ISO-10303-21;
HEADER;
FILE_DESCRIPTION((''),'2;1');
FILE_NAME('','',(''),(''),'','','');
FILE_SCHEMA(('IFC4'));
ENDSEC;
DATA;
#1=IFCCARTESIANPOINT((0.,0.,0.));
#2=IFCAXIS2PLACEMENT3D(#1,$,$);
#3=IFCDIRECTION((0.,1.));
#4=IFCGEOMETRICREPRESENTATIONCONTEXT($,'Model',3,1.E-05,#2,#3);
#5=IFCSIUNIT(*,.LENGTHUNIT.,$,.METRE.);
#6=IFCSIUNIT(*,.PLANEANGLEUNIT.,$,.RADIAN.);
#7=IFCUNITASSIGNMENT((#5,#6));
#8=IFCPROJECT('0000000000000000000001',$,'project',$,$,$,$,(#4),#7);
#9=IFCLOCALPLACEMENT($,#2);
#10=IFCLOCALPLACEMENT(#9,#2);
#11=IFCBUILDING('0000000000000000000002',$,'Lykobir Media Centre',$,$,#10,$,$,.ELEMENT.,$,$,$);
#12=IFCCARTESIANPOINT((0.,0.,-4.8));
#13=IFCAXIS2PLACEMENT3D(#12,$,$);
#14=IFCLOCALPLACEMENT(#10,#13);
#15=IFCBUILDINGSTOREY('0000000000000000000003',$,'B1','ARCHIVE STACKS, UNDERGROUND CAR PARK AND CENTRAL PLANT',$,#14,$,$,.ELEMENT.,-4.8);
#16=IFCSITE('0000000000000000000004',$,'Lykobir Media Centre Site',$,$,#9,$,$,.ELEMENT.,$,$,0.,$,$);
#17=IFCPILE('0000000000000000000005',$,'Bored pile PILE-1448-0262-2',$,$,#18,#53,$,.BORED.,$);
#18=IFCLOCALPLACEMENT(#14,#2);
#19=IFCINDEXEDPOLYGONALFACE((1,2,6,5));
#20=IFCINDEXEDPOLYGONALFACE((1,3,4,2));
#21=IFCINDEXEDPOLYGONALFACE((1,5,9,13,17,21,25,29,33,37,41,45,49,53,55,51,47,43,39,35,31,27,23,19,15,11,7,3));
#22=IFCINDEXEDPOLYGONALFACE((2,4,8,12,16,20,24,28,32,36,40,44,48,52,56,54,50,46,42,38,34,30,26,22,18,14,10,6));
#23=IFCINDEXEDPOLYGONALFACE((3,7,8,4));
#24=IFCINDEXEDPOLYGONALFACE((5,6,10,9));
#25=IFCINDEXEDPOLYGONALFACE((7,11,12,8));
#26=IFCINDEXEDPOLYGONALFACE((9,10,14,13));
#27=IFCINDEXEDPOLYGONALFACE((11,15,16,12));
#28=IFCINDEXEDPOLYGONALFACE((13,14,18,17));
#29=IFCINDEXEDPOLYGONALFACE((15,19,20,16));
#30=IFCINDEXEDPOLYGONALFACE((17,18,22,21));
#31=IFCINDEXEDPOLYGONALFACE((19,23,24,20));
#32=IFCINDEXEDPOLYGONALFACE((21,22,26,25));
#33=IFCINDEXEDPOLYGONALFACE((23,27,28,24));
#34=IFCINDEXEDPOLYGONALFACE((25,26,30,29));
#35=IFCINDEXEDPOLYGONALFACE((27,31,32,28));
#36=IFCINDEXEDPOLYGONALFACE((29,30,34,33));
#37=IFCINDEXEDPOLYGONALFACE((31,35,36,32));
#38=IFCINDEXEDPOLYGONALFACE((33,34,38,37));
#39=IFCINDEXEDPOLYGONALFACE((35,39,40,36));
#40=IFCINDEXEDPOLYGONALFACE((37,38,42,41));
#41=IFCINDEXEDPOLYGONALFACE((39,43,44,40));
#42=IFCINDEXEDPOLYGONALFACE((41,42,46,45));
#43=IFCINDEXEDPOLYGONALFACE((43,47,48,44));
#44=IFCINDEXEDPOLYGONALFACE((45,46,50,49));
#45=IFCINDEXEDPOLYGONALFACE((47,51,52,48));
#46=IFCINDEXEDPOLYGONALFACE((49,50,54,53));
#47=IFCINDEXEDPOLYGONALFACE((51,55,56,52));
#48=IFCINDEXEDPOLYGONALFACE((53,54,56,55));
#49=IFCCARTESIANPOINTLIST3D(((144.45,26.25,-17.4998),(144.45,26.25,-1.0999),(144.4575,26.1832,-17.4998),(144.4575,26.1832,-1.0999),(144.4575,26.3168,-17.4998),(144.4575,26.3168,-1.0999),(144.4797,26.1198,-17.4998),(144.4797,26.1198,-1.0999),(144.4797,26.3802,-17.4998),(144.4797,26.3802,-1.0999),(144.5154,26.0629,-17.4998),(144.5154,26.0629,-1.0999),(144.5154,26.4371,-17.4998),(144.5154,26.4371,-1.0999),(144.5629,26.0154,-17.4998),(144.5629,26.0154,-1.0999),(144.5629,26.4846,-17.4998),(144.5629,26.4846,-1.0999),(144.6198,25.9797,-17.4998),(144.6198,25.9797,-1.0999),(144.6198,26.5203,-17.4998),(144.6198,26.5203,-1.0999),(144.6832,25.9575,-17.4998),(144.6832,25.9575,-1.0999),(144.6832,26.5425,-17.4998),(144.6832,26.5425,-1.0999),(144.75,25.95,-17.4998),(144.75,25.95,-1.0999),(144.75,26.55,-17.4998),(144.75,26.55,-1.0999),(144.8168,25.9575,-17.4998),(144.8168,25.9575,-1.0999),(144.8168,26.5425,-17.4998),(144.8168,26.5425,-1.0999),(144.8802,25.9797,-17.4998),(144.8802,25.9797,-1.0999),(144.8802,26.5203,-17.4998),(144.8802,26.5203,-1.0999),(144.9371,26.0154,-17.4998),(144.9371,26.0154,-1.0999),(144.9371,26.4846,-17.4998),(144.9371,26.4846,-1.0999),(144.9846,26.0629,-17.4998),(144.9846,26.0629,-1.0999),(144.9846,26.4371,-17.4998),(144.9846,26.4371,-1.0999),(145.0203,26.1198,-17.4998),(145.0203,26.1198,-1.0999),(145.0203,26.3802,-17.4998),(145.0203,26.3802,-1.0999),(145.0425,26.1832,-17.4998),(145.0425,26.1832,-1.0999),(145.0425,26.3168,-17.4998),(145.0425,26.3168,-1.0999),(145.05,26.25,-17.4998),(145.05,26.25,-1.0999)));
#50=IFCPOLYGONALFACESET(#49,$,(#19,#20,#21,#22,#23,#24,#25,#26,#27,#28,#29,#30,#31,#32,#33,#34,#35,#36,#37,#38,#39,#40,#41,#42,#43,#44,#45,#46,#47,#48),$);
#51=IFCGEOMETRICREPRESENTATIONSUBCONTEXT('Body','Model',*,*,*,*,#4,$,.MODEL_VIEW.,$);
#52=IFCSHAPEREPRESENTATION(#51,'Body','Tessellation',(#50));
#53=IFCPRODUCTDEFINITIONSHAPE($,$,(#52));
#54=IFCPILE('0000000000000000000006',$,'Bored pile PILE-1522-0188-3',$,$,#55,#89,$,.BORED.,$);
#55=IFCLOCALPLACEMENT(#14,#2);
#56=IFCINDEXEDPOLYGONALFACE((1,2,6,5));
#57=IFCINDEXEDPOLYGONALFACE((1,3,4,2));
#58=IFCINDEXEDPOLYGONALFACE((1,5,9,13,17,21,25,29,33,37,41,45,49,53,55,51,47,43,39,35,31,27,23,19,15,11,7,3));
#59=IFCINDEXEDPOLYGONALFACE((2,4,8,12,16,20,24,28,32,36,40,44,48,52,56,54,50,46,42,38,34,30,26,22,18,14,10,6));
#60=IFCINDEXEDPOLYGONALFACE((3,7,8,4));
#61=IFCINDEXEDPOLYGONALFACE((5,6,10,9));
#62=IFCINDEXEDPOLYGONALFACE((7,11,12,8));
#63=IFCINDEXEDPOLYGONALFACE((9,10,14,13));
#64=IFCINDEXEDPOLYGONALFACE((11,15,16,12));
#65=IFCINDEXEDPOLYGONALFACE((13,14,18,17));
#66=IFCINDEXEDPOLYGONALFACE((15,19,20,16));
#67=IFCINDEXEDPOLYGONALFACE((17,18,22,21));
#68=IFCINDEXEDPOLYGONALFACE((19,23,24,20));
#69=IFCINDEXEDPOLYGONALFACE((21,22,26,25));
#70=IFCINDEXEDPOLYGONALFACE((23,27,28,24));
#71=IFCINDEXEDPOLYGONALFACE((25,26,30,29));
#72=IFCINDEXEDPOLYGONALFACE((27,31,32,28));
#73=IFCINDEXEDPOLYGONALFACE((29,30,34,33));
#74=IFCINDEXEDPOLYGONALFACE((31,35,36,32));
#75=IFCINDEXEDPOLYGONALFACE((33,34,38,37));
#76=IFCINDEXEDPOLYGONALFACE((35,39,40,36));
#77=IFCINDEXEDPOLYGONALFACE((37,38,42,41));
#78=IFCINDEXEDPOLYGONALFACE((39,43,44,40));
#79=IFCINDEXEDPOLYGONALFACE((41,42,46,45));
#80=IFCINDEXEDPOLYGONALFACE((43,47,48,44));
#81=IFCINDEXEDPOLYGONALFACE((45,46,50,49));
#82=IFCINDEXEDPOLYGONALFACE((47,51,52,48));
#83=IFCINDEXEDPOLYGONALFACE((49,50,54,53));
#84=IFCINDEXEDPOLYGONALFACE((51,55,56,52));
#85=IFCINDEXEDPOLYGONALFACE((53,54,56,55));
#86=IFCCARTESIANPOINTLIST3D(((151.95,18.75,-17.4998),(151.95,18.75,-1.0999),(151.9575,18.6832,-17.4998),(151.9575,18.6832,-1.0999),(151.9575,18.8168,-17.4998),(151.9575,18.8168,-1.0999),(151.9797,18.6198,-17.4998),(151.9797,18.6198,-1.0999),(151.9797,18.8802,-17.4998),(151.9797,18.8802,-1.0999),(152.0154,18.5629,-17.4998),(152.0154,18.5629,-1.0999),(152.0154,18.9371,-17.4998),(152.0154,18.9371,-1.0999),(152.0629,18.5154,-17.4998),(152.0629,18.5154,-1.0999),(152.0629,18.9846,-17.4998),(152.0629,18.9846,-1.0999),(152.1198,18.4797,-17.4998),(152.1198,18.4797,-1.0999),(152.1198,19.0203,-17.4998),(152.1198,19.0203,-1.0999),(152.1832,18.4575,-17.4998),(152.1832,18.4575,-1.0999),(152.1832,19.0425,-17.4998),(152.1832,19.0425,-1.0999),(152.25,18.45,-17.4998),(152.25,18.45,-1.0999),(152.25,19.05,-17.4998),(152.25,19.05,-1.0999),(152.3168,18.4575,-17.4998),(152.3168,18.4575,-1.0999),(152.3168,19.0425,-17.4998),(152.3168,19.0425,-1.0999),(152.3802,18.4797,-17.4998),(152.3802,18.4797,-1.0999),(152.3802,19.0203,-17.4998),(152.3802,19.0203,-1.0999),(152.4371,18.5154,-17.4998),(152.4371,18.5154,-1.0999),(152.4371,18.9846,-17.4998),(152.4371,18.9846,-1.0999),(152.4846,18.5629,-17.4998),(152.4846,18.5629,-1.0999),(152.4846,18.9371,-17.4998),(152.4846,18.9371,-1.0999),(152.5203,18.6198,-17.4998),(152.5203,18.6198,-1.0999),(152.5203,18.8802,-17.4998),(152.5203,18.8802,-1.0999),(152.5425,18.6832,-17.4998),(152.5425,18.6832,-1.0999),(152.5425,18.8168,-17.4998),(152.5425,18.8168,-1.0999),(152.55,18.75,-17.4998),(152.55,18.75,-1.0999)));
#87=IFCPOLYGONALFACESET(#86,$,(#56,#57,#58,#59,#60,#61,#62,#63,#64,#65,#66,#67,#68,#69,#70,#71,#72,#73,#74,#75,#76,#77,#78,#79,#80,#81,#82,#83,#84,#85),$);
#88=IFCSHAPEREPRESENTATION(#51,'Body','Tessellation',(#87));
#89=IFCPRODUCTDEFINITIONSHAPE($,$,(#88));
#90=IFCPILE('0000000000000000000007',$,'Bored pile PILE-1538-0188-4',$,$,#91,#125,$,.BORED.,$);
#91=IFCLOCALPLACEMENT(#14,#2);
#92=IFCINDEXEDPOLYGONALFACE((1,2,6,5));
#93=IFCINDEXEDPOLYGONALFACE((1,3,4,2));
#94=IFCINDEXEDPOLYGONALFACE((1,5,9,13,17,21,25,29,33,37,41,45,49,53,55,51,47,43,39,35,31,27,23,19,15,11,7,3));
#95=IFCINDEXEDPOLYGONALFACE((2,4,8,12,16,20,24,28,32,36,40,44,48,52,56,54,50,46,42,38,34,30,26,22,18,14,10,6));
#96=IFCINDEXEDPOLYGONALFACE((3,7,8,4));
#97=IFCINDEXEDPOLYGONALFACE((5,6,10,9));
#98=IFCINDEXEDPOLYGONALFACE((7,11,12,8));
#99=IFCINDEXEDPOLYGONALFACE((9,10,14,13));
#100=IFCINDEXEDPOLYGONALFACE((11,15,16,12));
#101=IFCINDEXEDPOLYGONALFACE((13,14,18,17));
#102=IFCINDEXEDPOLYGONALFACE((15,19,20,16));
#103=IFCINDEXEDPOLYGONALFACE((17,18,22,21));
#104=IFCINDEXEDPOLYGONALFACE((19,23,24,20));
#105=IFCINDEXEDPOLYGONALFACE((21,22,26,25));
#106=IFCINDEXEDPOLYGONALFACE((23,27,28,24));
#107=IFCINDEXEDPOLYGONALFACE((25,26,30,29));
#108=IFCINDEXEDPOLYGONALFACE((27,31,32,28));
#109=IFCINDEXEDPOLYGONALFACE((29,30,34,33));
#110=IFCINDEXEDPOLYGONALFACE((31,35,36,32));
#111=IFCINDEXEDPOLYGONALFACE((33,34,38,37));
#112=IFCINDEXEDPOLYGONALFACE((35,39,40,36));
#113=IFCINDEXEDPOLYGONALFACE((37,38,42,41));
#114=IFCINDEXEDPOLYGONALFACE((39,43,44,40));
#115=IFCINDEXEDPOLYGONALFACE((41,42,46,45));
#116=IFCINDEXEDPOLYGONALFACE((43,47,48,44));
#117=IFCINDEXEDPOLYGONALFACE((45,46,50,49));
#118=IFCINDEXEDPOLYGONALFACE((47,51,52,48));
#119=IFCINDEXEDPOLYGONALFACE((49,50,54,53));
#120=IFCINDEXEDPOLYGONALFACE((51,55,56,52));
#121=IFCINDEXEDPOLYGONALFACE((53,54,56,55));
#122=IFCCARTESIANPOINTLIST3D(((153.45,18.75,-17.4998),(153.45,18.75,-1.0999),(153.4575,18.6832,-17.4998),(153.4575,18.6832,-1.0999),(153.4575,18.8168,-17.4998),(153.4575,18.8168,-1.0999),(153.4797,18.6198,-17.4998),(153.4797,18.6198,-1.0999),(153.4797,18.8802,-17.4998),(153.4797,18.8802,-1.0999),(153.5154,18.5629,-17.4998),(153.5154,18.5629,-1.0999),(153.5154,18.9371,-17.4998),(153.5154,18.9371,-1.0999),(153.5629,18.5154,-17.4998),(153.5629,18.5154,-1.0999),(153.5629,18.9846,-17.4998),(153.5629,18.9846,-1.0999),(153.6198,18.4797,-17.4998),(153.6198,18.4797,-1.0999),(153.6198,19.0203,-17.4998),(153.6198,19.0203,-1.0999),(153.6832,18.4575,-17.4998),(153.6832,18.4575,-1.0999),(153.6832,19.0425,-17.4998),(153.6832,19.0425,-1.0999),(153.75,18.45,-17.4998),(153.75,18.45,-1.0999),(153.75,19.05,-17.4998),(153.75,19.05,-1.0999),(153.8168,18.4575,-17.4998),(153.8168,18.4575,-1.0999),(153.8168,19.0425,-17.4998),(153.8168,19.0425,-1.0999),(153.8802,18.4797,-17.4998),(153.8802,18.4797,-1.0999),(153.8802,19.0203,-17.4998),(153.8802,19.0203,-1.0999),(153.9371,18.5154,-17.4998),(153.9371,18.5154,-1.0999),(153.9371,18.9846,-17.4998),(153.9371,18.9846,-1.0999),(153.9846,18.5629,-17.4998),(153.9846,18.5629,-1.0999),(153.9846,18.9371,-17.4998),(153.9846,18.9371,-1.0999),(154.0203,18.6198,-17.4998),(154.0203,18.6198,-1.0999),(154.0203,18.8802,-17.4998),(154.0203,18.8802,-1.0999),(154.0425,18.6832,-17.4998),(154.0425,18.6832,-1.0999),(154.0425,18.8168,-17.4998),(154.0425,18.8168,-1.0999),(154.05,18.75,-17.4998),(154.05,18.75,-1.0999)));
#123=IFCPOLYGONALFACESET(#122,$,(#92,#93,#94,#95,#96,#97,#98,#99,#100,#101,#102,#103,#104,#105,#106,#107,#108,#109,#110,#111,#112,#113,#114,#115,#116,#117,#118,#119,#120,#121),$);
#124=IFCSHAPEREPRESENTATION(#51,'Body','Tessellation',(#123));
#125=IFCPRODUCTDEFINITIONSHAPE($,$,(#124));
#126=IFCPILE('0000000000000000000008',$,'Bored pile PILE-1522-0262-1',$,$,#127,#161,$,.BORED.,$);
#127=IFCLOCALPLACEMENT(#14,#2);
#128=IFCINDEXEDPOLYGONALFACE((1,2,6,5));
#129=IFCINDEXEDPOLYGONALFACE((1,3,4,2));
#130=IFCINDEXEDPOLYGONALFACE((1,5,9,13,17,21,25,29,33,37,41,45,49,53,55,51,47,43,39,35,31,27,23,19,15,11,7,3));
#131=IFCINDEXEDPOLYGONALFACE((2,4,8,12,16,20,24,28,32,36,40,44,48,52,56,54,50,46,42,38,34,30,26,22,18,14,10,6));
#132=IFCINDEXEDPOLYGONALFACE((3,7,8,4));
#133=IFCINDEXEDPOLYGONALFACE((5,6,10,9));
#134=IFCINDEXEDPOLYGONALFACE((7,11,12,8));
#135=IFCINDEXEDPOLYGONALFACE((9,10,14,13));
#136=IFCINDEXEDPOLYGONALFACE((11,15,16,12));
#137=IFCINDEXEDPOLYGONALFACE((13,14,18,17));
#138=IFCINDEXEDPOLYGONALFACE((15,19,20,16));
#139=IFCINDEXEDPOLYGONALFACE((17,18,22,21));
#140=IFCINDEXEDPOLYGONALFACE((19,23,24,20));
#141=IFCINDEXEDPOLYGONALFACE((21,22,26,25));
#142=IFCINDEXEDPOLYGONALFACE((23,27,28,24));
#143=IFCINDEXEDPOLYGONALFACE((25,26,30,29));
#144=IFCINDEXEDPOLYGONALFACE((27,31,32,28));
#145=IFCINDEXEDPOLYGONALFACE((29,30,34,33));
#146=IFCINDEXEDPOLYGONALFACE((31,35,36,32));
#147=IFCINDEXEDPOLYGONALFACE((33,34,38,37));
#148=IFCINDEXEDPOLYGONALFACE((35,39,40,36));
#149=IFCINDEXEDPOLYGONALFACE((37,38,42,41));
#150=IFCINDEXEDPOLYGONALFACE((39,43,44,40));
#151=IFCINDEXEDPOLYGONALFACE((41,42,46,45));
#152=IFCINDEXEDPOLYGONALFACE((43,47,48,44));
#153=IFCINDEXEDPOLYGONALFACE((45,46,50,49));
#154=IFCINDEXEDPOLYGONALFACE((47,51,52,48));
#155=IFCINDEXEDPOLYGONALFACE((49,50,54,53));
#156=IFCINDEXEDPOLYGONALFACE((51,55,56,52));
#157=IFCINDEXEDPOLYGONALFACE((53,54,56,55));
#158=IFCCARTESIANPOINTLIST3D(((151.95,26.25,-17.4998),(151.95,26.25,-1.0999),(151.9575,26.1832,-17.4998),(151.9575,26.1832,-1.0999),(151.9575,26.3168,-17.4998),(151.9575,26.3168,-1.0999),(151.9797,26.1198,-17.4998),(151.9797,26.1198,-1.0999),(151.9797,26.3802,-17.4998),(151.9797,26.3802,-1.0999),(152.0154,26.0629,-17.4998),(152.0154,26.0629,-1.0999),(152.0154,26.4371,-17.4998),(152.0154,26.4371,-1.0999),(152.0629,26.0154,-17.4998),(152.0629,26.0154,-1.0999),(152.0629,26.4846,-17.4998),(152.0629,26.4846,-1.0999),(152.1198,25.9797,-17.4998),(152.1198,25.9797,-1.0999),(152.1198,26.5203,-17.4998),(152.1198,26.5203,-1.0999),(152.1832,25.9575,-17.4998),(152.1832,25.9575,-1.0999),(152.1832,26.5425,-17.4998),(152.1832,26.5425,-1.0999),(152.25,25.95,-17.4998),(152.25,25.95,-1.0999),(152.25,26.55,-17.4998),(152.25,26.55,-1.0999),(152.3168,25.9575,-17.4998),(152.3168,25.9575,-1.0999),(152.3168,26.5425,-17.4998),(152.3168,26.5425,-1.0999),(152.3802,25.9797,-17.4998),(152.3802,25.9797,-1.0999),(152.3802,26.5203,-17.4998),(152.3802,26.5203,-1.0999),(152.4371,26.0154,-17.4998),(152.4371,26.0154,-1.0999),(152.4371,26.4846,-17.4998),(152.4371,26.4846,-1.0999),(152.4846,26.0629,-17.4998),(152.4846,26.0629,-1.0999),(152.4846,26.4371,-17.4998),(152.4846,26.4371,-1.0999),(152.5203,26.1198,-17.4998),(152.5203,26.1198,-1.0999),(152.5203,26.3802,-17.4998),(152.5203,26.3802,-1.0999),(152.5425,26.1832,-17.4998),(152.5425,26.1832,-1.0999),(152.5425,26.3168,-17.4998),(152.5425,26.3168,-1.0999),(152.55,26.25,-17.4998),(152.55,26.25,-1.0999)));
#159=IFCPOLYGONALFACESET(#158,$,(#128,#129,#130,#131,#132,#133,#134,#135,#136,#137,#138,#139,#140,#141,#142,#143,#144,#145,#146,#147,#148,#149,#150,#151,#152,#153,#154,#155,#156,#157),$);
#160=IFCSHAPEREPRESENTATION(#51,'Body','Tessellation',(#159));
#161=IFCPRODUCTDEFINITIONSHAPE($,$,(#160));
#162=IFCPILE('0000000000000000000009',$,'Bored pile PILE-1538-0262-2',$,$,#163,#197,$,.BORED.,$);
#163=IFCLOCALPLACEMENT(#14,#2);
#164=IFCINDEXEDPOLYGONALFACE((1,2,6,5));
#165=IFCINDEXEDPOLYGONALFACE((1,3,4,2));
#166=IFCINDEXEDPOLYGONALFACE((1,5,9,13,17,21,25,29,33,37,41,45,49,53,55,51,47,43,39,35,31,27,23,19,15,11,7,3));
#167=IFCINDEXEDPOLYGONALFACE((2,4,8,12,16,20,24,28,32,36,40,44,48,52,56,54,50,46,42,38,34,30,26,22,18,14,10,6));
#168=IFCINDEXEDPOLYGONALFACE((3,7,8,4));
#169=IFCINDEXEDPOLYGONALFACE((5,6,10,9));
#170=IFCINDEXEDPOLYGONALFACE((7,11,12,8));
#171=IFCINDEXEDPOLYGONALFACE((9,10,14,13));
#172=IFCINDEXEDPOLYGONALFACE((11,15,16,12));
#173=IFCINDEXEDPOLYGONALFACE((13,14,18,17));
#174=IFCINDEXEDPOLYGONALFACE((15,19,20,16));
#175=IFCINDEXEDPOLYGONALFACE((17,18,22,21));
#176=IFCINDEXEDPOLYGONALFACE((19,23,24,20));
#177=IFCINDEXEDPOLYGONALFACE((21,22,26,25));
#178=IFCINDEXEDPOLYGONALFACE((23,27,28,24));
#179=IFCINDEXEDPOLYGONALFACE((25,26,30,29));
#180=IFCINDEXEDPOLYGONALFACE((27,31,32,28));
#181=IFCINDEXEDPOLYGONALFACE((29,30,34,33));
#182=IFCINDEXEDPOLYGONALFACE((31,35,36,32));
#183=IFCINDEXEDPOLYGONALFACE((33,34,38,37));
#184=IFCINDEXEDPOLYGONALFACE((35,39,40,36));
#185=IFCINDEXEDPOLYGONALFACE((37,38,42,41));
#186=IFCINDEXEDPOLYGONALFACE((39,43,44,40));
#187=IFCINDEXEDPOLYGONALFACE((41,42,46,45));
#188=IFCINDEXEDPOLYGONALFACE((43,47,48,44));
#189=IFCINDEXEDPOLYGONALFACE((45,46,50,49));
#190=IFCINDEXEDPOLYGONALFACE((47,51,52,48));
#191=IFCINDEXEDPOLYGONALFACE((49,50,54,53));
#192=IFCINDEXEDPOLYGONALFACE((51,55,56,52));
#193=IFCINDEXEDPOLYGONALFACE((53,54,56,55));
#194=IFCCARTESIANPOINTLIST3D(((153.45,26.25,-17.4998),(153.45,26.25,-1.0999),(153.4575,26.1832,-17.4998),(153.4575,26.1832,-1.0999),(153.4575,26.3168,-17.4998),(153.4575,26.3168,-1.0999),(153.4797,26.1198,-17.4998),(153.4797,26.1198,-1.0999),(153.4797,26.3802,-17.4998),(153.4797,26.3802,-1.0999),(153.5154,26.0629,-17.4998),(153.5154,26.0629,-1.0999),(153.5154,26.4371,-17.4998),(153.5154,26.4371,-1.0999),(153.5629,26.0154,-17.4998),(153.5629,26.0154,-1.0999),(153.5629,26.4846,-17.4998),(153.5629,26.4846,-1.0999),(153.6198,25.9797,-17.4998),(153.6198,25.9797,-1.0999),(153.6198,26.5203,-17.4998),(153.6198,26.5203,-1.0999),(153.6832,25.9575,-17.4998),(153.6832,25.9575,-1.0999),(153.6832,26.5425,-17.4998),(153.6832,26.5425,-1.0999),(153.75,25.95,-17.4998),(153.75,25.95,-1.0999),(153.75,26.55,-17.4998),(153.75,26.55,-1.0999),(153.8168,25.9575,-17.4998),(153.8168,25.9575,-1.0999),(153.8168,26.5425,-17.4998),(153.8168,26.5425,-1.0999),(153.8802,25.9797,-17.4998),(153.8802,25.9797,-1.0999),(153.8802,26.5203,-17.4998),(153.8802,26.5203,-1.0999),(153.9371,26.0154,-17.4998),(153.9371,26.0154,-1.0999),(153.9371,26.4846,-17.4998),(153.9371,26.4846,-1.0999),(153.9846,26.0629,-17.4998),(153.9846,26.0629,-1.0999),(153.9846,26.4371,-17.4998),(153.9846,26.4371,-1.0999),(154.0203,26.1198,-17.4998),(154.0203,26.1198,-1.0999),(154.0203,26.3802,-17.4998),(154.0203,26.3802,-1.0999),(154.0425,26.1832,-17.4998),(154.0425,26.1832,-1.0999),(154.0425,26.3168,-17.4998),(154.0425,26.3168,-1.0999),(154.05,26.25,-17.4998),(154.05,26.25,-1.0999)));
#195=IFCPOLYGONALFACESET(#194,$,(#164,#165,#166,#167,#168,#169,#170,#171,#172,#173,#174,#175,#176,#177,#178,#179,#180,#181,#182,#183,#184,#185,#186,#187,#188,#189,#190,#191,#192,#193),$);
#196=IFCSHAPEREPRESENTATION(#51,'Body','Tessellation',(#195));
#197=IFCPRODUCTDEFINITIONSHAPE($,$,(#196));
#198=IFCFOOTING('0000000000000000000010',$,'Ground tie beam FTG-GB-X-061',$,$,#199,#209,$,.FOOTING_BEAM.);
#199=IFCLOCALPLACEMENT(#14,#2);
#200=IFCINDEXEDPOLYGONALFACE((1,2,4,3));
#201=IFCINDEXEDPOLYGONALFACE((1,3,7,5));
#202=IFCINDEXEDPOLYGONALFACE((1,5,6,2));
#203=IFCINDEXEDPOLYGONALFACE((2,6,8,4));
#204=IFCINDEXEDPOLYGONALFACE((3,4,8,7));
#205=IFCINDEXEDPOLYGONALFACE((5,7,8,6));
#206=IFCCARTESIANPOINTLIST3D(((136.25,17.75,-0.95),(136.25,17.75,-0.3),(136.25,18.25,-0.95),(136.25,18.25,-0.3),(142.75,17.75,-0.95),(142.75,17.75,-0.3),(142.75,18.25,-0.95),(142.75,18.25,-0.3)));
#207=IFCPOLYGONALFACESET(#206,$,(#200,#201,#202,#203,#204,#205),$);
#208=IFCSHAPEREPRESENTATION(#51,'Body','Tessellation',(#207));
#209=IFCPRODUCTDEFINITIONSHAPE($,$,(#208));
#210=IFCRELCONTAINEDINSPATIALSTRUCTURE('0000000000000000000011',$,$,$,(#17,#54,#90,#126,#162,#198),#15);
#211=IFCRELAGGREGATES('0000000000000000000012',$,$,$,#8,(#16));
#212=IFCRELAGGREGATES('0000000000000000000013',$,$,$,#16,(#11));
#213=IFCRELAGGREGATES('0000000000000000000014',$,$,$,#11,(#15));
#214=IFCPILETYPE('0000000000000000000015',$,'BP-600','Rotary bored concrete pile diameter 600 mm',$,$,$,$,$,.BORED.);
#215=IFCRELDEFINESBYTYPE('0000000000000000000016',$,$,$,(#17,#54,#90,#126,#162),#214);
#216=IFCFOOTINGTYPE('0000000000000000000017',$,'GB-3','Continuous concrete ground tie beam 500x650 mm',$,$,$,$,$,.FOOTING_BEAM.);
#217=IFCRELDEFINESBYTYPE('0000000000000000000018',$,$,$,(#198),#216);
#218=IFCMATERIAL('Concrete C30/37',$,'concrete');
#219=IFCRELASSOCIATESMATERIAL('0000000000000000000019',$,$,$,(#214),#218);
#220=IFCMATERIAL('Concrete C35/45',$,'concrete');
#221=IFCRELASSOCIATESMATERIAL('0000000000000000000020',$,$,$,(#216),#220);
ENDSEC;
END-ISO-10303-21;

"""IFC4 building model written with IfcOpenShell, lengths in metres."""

from ifc_helpers import new_model, si_unit, direction, frame, origin, origin_2d, place, context, subcontext, project, spatial, rectangle, circle, extrude, material, material_profile, profile_set, type_object, element, save


model = new_model("IFC4")

# Units and contexts
model_context = context("Model", 3, precision=1e-05, world=origin(), true_north=direction((0.0, 1.0)))
body_context = subcontext(model_context, "Body", "Model", "MODEL_VIEW")
ifc_project = project(units=[si_unit("LENGTHUNIT", "METRE"), si_unit("PLANEANGLEUNIT", "RADIAN")], contexts=[model_context])

# Site, building, storey
site_placement = place(None, origin())
site = spatial("IfcSite", under=ifc_project, at=site_placement, Name="Lykobir Media Centre Site", CompositionType="ELEMENT", RefElevation=0.0)
building_placement = place(site_placement, origin())
building = spatial("IfcBuilding", under=site, at=building_placement, Name="Lykobir Media Centre", CompositionType="ELEMENT")
storey_placement = place(building_placement, frame((0.0, 0.0, -4.8)))
storey = spatial("IfcBuildingStorey", under=building, at=storey_placement, Name="B1", Description="ARCHIVE STACKS, UNDERGROUND CAR PARK AND CENTRAL PLANT", CompositionType="ELEMENT", Elevation=-4.8)

# Piles
ifc_material_1 = material(Name="Concrete C30/37", Category="concrete")
ifc_material_profile_1 = material_profile(ifc_material_1, circle(Radius=0.3, at=origin_2d()), Name="BORED PILE D600")
ifc_profile_set_1 = profile_set([ifc_material_profile_1], Name="Concrete C30/37")
pile_type = type_object("IfcPileType", Name="BP-600", Description="Rotary bored concrete pile diameter 600 mm", PredefinedType="BORED", material=ifc_profile_set_1)
for number, where, z_axis, x_axis, name in (
    (1, (144.75, 26.25, -1.0999), (0.0, 0.0, -1.0), (1.0, 0.0, 0.0), "Bored pile PILE-1448-0262-2"),
    (2, (152.25, 18.75, -1.0999), (0.0, 0.0, -1.0), (1.0, 0.0, 0.0), "Bored pile PILE-1522-0188-3"),
    (3, (153.75, 18.75, -1.0999), (0.0, 0.0, -1.0), (1.0, 0.0, 0.0), "Bored pile PILE-1538-0188-4"),
    (4, (152.25, 26.25, -1.0999), (0.0, 0.0, -1.0), (1.0, 0.0, 0.0), "Bored pile PILE-1522-0262-1"),
    (5, (153.75, 26.25, -1.0999), (0.0, 0.0, -1.0), (1.0, 0.0, 0.0), "Bored pile PILE-1538-0262-2"),
):
    element("IfcPile", number, at=place(storey_placement, frame(where, z_axis=z_axis, x_axis=x_axis)), inside=storey, type_object=pile_type, Name=name, PredefinedType="BORED", context=body_context, shape_type="SweptSolid", body=[
        extrude(circle(Radius=0.3, at=origin_2d()), origin(), (0.0, 0.0, 1.0), 16.3999),
    ])

# Footing
ifc_material_2 = material(Name="Concrete C35/45", Category="concrete")
footing_type_1 = type_object("IfcFootingType", Name="GB-3", Description="Continuous concrete ground tie beam 500x650 mm", PredefinedType="FOOTING_BEAM", material=ifc_material_2)
for number, where, z_axis, x_axis, name in (
    (6, (139.5, 18.0, -0.95), (0.0, 0.0, 1.0), (1.0, 0.0, 0.0), "Ground tie beam FTG-GB-X-061"),
):
    element("IfcFooting", number, at=place(storey_placement, frame(where, z_axis=z_axis, x_axis=x_axis)), inside=storey, type_object=footing_type_1, Name=name, PredefinedType="FOOTING_BEAM", context=body_context, shape_type="SweptSolid", body=[
        extrude(rectangle(XDim=6.5, YDim=0.5, at=origin_2d()), origin(), (0.0, 0.0, 1.0), 0.6499),
    ])

save(model, "model.ifc")
